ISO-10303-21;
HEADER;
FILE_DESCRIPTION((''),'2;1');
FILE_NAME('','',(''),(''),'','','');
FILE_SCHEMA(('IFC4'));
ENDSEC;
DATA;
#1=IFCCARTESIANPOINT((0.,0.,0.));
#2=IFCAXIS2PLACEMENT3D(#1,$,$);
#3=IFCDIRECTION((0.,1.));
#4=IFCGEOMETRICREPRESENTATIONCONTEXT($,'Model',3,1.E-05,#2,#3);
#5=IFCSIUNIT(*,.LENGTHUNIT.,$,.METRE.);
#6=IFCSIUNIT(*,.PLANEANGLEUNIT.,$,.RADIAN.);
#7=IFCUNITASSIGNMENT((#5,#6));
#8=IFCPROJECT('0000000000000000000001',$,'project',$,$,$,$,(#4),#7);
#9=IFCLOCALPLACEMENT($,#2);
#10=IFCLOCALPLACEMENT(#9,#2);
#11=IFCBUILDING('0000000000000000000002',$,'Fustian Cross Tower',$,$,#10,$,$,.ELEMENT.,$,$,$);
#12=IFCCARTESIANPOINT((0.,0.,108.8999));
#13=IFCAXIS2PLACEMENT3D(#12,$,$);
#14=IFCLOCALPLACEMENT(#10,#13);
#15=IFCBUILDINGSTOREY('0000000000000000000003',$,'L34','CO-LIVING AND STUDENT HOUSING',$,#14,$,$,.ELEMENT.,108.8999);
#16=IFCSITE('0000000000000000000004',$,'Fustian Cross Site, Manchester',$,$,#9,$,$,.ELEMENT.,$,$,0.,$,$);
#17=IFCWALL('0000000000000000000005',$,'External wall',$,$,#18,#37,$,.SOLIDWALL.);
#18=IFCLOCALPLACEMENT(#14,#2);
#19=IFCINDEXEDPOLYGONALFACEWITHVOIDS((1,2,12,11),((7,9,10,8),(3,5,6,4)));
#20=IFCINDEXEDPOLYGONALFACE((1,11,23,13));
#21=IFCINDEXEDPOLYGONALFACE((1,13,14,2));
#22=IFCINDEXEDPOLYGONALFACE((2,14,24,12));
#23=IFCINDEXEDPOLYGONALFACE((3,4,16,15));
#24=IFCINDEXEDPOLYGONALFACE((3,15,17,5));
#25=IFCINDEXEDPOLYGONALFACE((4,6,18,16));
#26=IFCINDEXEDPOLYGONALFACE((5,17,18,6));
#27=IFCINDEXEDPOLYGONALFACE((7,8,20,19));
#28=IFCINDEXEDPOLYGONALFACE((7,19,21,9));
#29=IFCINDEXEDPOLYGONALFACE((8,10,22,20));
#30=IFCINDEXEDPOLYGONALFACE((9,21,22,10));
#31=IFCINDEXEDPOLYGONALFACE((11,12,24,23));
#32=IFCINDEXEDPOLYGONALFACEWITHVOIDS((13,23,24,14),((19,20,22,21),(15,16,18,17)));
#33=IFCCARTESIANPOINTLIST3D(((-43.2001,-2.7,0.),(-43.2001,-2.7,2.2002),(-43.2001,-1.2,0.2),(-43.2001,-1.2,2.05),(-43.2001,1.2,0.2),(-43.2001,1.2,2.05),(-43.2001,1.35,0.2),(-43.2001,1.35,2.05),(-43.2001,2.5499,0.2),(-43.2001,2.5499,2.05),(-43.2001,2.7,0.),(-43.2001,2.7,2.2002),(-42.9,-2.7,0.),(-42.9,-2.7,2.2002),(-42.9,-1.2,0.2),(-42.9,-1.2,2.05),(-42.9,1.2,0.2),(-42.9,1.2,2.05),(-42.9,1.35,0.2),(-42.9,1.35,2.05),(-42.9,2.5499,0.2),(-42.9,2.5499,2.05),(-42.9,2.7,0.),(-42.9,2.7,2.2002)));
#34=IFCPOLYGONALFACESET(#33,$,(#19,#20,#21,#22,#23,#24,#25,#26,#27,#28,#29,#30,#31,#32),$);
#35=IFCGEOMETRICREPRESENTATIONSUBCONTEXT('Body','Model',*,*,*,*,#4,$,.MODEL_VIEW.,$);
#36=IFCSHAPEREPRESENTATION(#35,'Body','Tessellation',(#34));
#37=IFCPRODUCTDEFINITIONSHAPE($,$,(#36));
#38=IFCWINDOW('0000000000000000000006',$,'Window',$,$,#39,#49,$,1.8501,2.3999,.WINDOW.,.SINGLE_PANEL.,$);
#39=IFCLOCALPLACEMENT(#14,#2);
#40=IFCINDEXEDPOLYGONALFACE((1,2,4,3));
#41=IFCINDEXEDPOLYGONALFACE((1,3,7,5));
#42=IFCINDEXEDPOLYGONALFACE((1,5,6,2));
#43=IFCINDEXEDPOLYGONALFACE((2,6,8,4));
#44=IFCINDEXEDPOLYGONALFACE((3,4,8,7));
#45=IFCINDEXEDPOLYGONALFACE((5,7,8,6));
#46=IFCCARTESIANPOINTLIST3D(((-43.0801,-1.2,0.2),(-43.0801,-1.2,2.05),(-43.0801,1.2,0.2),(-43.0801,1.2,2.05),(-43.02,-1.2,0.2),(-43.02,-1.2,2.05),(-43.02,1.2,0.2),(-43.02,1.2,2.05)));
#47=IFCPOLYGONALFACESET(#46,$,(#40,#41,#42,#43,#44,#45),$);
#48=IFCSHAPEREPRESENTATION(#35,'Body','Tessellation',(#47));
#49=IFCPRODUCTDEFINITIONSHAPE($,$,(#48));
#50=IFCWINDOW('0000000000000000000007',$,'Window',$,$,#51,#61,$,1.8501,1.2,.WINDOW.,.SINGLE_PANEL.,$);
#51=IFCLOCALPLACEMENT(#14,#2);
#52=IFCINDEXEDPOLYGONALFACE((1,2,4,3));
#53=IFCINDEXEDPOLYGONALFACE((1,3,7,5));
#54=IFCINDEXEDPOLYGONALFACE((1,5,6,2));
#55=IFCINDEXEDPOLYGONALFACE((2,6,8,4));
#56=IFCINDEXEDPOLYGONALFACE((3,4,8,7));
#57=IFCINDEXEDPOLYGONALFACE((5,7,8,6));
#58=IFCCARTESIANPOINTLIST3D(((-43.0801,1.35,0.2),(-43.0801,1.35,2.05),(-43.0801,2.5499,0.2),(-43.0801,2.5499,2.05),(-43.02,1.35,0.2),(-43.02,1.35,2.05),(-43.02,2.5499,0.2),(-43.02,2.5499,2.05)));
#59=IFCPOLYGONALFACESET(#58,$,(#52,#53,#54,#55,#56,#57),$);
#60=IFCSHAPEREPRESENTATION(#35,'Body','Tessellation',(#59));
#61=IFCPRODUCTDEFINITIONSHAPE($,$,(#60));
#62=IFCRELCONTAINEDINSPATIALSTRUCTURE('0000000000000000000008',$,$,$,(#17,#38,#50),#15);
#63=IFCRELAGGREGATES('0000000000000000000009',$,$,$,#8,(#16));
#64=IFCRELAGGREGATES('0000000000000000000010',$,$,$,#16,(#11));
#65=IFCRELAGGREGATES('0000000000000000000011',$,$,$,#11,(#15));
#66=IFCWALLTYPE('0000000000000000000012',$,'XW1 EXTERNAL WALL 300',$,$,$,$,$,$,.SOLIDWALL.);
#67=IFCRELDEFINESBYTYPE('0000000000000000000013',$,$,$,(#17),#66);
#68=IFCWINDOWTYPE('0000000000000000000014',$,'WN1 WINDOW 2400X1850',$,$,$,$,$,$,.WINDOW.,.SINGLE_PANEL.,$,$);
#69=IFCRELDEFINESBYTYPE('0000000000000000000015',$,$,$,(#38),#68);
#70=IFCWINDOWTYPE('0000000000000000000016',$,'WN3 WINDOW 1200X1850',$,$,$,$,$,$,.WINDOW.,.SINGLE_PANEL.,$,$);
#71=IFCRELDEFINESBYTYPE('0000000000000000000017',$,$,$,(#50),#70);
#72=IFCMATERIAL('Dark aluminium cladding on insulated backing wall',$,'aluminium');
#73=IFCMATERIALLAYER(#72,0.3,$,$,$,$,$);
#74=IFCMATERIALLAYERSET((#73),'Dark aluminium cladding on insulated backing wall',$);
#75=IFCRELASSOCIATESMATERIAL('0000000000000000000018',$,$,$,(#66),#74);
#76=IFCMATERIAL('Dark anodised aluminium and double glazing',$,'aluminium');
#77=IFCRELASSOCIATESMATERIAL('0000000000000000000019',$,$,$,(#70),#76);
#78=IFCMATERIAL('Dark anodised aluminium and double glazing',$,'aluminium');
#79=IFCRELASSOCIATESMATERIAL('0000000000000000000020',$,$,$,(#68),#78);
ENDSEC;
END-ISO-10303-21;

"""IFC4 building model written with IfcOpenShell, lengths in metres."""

from ifc_helpers import new_model, si_unit, direction, frame, frame_2d, origin, place, context, subcontext, project, spatial, rectangle, extrude, material, layer, layer_set, type_object, element, fill, save


model = new_model("IFC4")

# Units and contexts
model_context = context("Model", 3, precision=1e-05, world=origin(), true_north=direction((0.0, 1.0)))
body_context = subcontext(model_context, "Body", "Model", "MODEL_VIEW")
ifc_project = project(units=[si_unit("LENGTHUNIT", "METRE"), si_unit("PLANEANGLEUNIT", "RADIAN")], contexts=[model_context])

# Site, building, storey
site_placement = place(None, origin())
site = spatial("IfcSite", under=ifc_project, at=site_placement, Name="Fustian Cross Site, Manchester", CompositionType="ELEMENT", RefElevation=0.0)
building_placement = place(site_placement, origin())
building = spatial("IfcBuilding", under=site, at=building_placement, Name="Fustian Cross Tower", CompositionType="ELEMENT")
storey_placement = place(building_placement, frame((0.0, 0.0, 108.8999)))
storey = spatial("IfcBuildingStorey", under=building, at=storey_placement, Name="L34", Description="CO-LIVING AND STUDENT HOUSING", CompositionType="ELEMENT", Elevation=108.8999)

# Shared definitions
ifc_material_1 = material(Name="Dark aluminium cladding on insulated backing wall", Category="aluminium")
ifc_layer = layer(ifc_material_1, 0.3)
ifc_layer_set = layer_set([ifc_layer], Name="Dark aluminium cladding on insulated backing wall")
wall_type = type_object("IfcWallType", Name="XW1 EXTERNAL WALL 300", PredefinedType="SOLIDWALL", material=ifc_layer_set)
ifc_material_2 = material(Name="Dark anodised aluminium and double glazing", Category="aluminium")
window_type_1 = type_object("IfcWindowType", Name="WN3 WINDOW 1200X1850", PartitioningType="SINGLE_PANEL", PredefinedType="WINDOW", material=ifc_material_2)

# Wall, openings, windows
wall_1_placement = place(storey_placement, frame((-43.05, 2.7, 0.0), z_axis=(0.0, 0.0, 1.0), x_axis=(0.0, -1.0, 0.0)))
wall_1 = element("IfcWall", 1, at=wall_1_placement, inside=storey, type_object=wall_type, Name="External wall", PredefinedType="SOLIDWALL", context=body_context, shape_type="SweptSolid", body=[
    extrude(rectangle(XDim=5.3999, YDim=0.3, at=frame_2d((2.7, 0.0))), origin(), (0.0, 0.0, 1.0), 2.2002),
])
opening_1_placement = place(wall_1_placement, frame((1.5, 0.0, 0.2)))
opening_1 = element("IfcOpeningElement", 2, at=opening_1_placement, cuts=wall_1, PredefinedType="OPENING", context=body_context, shape_type="SweptSolid", body=[
    extrude(rectangle(XDim=2.3999, YDim=1.8501, at=frame_2d((1.2, 0.925))), frame((0.0, 0.1599, 0.0), z_axis=(0.0, -1.0, 0.0), x_axis=(1.0, 0.0, 0.0)), (0.0, 0.0, 1.0), 0.3201),
])
opening_2_placement = place(wall_1_placement, frame((0.1499, 0.0, 0.2)))
opening_2 = element("IfcOpeningElement", 3, at=opening_2_placement, cuts=wall_1, PredefinedType="OPENING", context=body_context, shape_type="SweptSolid", body=[
    extrude(rectangle(XDim=1.2, YDim=1.8501, at=frame_2d((0.6001, 0.925))), frame((0.0, 0.1599, 0.0), z_axis=(0.0, -1.0, 0.0), x_axis=(1.0, 0.0, 0.0)), (0.0, 0.0, 1.0), 0.3201),
])
ifc_material_3 = material(Name="Dark anodised aluminium and double glazing", Category="aluminium")
window_type_2 = type_object("IfcWindowType", Name="WN1 WINDOW 2400X1850", PartitioningType="SINGLE_PANEL", PredefinedType="WINDOW", material=ifc_material_3)
window_1_placement = place(opening_1_placement, origin())
window_1 = element("IfcWindow", 4, at=window_1_placement, inside=storey, type_object=window_type_2, Name="Window", OverallHeight=1.8501, OverallWidth=2.3999, PartitioningType="SINGLE_PANEL", PredefinedType="WINDOW", context=body_context, shape_type="SweptSolid", body=[
    extrude(rectangle(XDim=2.3999, YDim=1.8501, at=frame_2d((1.2, 0.925))), frame((0.0, 0.03, 0.0), z_axis=(0.0, -1.0, 0.0), x_axis=(1.0, 0.0, 0.0)), (0.0, 0.0, 1.0), 0.0601),
])
fill(opening_1, window_1)
window_2_placement = place(opening_2_placement, origin())
window_2 = element("IfcWindow", 5, at=window_2_placement, inside=storey, type_object=window_type_1, Name="Window", OverallHeight=1.8501, OverallWidth=1.2, PartitioningType="SINGLE_PANEL", PredefinedType="WINDOW", context=body_context, shape_type="SweptSolid", body=[
    extrude(rectangle(XDim=1.2, YDim=1.8501, at=frame_2d((0.6001, 0.925))), frame((0.0, 0.03, 0.0), z_axis=(0.0, -1.0, 0.0), x_axis=(1.0, 0.0, 0.0)), (0.0, 0.0, 1.0), 0.0601),
])
fill(opening_2, window_2)

save(model, "model.ifc")
